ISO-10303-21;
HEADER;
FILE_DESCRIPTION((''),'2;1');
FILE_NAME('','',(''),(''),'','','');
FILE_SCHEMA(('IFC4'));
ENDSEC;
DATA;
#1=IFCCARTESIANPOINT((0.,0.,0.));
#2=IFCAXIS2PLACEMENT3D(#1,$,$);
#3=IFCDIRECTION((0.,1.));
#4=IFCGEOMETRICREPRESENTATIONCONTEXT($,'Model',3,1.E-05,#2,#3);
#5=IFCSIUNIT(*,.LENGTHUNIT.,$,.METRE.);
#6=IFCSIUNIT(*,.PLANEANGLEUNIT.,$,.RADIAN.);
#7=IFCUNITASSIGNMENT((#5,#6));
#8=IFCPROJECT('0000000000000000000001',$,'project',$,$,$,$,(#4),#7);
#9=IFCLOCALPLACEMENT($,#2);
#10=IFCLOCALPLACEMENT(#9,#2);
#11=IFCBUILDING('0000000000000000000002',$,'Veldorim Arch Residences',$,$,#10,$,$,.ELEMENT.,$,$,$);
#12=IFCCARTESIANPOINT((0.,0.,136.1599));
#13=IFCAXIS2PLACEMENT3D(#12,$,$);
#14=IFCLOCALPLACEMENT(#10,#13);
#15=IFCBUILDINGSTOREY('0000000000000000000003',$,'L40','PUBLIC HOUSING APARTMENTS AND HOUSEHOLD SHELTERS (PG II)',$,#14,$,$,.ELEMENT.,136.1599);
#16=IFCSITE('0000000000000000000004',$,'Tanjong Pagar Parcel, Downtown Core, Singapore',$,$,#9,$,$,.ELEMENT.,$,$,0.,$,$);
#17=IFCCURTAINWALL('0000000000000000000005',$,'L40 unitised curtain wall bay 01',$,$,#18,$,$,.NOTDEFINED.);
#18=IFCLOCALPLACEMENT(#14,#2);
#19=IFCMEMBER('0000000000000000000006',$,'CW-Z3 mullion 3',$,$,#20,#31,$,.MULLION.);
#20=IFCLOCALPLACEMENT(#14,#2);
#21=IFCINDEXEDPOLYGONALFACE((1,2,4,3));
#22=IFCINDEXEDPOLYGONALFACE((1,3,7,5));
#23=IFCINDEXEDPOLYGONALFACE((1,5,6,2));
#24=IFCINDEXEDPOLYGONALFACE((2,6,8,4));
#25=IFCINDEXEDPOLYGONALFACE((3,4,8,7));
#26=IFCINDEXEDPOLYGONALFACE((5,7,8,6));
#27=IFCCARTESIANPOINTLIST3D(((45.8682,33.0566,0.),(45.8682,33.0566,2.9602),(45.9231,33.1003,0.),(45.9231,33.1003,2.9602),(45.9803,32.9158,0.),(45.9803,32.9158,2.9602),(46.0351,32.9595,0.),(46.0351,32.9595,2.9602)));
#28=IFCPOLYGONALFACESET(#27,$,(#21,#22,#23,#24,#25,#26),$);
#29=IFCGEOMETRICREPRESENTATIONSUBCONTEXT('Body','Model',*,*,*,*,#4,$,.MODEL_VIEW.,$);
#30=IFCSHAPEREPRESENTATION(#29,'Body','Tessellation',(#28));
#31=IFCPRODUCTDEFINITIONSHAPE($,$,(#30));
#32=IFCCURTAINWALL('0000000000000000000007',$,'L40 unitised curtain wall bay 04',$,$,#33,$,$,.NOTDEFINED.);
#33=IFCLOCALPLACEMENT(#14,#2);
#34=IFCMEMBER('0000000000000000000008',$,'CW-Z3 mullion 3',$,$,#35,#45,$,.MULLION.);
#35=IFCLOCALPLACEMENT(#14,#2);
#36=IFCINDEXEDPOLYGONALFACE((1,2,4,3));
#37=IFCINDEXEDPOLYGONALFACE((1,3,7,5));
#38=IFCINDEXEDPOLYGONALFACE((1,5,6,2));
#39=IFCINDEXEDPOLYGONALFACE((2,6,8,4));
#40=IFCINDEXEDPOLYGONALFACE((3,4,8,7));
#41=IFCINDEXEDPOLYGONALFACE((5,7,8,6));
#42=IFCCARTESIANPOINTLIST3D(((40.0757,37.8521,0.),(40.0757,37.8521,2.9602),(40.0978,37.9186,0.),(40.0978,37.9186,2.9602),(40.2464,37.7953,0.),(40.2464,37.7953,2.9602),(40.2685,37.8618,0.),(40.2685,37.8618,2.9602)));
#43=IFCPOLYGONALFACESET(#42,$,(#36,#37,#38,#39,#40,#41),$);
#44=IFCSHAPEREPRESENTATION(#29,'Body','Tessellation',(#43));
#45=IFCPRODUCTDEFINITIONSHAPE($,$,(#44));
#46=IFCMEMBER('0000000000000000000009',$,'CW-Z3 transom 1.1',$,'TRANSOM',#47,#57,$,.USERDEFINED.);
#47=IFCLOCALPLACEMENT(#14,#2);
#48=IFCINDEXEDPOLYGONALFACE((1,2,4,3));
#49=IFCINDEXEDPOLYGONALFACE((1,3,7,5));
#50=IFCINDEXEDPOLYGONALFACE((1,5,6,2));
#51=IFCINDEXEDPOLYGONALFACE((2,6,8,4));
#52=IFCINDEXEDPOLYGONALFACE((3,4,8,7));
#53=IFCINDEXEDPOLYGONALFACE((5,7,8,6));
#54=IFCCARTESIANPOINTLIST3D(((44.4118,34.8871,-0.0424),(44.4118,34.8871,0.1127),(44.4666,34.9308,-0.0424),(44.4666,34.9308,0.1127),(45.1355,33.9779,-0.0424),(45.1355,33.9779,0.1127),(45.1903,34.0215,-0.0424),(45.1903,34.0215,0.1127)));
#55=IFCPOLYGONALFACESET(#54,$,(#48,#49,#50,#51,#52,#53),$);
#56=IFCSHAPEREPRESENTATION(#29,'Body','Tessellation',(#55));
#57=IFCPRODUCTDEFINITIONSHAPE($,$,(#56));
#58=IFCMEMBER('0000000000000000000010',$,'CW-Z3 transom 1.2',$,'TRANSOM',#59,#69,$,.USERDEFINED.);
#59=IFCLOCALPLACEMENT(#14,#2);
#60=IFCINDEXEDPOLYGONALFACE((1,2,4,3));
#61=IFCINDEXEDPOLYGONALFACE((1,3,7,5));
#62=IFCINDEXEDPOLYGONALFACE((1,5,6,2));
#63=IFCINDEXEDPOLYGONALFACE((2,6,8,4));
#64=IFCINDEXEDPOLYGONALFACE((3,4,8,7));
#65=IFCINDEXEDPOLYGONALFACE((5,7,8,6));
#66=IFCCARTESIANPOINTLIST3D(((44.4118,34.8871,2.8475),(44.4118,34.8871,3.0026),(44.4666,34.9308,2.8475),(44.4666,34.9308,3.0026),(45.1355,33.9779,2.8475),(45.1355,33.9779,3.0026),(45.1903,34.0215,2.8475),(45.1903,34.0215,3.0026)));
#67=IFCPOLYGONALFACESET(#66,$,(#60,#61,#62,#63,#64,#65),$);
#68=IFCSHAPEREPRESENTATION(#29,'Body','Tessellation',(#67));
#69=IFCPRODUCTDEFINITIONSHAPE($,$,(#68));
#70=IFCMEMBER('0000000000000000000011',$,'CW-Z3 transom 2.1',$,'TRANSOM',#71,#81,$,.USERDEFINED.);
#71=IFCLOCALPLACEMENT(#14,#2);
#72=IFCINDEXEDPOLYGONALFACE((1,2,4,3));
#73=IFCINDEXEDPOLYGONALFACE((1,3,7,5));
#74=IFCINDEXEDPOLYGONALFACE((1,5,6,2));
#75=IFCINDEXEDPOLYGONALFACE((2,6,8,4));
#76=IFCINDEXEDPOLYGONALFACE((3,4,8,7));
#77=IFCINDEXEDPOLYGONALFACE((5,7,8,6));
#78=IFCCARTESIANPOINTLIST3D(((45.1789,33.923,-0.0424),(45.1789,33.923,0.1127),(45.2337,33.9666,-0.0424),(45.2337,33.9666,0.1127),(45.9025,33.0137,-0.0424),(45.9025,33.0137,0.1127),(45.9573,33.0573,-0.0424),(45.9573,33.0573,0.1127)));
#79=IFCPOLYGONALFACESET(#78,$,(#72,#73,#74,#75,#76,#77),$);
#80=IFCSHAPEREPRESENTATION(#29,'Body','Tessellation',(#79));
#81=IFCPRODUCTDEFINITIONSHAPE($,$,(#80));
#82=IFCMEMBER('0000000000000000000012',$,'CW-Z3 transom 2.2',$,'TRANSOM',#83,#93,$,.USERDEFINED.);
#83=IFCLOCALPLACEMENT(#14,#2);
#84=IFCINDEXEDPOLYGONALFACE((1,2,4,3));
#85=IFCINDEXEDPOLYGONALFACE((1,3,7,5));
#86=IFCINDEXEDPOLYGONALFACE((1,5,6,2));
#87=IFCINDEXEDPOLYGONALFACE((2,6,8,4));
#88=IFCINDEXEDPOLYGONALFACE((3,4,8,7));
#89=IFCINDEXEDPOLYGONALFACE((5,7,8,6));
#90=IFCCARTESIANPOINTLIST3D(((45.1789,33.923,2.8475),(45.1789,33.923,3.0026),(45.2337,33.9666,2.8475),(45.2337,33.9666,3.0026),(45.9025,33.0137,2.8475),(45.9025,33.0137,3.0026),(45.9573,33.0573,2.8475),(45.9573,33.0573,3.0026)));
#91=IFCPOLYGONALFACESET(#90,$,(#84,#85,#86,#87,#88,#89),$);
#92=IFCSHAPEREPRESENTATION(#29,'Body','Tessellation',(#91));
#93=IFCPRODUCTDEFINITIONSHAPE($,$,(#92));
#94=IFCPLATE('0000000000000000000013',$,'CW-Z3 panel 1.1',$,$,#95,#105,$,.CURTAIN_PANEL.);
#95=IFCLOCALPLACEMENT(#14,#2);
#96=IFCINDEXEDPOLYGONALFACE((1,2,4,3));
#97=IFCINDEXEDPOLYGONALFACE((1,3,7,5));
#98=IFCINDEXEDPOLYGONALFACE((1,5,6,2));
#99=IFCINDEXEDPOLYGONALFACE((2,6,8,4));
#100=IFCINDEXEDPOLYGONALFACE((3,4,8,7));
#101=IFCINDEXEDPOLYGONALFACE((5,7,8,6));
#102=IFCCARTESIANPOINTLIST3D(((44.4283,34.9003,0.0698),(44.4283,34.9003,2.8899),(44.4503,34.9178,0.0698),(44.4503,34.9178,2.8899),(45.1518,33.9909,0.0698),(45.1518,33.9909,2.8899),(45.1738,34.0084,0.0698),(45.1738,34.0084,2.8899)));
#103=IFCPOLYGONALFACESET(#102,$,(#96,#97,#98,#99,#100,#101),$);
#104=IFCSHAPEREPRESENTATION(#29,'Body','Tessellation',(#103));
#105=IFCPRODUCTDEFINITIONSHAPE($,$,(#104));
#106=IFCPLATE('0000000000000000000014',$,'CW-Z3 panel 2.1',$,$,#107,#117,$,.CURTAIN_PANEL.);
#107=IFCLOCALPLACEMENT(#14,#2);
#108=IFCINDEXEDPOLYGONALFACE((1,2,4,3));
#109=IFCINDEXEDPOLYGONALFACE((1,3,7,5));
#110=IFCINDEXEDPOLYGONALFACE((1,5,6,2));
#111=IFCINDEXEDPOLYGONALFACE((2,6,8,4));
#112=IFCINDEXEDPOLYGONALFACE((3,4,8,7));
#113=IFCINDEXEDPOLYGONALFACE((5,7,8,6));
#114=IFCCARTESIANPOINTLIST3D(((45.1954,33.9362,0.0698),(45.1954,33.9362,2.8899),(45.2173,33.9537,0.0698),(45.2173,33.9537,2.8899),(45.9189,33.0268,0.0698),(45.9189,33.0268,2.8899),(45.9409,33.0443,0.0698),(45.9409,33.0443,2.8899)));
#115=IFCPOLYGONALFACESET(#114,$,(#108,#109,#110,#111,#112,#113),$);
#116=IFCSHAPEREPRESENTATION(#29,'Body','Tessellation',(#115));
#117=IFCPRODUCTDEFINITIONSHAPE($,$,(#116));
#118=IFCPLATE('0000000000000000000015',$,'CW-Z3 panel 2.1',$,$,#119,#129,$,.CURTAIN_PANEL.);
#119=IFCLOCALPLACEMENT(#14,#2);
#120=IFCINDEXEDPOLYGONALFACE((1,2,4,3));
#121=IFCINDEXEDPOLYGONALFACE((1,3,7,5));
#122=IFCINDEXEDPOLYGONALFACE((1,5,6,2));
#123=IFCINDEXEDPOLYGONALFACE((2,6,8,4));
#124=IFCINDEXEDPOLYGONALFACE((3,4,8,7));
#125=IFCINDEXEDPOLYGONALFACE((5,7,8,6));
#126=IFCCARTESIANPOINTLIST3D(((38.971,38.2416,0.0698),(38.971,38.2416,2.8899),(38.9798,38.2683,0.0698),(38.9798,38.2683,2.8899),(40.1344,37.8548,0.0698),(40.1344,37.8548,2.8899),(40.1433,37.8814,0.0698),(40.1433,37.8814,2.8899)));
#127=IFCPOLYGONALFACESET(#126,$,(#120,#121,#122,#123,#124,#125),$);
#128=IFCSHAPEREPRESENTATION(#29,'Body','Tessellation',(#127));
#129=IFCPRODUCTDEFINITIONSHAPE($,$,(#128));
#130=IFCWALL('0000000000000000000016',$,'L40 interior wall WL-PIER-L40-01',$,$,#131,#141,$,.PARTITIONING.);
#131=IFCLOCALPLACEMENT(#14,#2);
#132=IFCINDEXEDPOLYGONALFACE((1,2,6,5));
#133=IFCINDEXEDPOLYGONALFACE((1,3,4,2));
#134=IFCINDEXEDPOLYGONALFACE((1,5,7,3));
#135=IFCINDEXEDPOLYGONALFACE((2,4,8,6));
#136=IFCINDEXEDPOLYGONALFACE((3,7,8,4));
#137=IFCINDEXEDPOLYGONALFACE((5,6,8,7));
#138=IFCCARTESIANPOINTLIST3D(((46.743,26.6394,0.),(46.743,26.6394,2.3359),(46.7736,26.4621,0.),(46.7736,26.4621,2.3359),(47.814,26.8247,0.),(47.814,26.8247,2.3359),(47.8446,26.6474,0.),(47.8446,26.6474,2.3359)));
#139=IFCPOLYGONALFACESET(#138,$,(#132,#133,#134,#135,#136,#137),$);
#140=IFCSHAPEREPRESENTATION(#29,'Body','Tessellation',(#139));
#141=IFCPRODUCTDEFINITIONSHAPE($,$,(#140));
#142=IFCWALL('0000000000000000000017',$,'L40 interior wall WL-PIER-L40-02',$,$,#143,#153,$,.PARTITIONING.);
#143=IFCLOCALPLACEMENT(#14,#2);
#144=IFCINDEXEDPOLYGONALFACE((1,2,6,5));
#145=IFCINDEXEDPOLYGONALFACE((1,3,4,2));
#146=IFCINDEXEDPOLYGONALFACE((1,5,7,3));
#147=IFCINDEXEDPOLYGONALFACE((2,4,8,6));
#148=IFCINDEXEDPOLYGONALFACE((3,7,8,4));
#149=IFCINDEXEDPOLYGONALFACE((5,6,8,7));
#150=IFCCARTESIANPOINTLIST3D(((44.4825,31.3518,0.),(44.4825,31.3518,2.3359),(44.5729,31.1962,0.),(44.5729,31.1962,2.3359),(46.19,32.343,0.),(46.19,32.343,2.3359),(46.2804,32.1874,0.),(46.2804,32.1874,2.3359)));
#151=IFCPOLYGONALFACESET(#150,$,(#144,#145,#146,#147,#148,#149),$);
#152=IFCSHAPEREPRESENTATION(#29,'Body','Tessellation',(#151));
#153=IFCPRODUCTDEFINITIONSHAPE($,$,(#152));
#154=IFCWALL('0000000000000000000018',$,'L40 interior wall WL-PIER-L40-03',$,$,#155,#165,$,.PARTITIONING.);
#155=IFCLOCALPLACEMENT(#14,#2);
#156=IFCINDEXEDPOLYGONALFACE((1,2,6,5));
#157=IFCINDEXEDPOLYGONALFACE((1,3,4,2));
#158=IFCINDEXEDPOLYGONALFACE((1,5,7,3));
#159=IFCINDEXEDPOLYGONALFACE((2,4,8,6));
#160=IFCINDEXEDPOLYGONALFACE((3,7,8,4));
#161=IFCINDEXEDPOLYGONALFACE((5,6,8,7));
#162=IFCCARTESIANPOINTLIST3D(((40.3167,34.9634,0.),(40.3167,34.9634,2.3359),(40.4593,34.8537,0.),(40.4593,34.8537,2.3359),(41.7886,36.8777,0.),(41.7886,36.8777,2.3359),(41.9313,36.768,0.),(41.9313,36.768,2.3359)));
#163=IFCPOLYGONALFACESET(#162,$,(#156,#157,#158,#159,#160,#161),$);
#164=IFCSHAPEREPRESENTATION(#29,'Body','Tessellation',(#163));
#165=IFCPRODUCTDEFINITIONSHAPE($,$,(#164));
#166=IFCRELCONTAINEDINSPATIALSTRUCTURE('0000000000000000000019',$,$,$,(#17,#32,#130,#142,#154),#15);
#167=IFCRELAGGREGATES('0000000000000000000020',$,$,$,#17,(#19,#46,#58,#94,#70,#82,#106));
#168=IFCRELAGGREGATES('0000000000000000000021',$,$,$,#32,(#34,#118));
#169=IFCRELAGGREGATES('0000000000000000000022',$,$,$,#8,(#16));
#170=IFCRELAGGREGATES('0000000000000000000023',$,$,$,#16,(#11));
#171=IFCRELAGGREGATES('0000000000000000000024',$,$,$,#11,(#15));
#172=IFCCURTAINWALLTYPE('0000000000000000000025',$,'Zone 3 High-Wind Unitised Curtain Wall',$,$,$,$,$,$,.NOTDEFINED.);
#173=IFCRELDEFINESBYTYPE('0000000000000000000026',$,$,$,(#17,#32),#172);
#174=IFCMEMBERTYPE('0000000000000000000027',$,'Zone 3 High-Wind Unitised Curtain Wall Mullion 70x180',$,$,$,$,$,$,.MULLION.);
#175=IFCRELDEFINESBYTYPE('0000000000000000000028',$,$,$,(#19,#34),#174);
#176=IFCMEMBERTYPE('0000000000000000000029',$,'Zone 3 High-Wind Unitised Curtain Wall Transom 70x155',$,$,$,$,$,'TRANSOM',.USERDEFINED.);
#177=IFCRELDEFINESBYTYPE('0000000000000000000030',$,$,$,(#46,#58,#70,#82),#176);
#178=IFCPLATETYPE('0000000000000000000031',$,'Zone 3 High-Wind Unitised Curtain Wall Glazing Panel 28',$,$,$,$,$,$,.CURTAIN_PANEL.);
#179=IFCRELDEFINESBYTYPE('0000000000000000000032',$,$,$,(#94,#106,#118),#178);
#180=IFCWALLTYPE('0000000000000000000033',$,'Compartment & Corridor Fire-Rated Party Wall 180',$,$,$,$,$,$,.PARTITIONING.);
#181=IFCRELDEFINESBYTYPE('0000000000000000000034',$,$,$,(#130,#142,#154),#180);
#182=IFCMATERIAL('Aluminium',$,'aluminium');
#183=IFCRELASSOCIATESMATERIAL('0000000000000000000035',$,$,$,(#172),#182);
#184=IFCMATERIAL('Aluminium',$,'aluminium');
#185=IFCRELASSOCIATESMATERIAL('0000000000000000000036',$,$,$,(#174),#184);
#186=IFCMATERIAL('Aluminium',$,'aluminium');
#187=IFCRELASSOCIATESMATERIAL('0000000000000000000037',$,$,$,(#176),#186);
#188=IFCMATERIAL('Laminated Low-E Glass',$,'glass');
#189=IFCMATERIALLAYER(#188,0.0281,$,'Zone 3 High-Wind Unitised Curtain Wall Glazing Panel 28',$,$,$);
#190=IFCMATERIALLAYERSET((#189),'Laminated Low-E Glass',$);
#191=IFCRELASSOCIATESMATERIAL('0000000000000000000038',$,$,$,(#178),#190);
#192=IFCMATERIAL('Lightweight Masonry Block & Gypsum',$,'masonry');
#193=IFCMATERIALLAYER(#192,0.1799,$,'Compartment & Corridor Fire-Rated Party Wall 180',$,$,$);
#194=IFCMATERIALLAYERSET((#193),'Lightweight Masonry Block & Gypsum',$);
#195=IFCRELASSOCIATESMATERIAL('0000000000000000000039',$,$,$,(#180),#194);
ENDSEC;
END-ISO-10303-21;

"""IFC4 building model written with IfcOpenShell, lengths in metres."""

from ifc_helpers import new_model, si_unit, direction, frame, frame_2d, origin, origin_2d, place, context, subcontext, project, spatial, rectangle, extrude, material, layer, layer_set, material_profile, profile_set, type_object, element, aggregate, save


model = new_model("IFC4")

# Units and contexts
model_context = context("Model", 3, precision=1e-05, world=origin(), true_north=direction((0.0, 1.0)))
body_context = subcontext(model_context, "Body", "Model", "MODEL_VIEW")
ifc_project = project(units=[si_unit("LENGTHUNIT", "METRE"), si_unit("PLANEANGLEUNIT", "RADIAN")], contexts=[model_context])

# Site, building, storey
site_placement = place(None, origin())
site = spatial("IfcSite", under=ifc_project, at=site_placement, Name="Tanjong Pagar Parcel, Downtown Core, Singapore", CompositionType="ELEMENT", RefElevation=0.0)
building_placement = place(site_placement, origin())
building = spatial("IfcBuilding", under=site, at=building_placement, Name="Veldorim Arch Residences", CompositionType="ELEMENT")
storey_placement = place(building_placement, frame((0.0, 0.0, 136.1599)))
storey = spatial("IfcBuildingStorey", under=building, at=storey_placement, Name="L40", Description="PUBLIC HOUSING APARTMENTS AND HOUSEHOLD SHELTERS (PG II)", CompositionType="ELEMENT", Elevation=136.1599)

# Curtain wall, member
ifc_material_1 = material(Name="Aluminium", Category="aluminium")
curtain_wall_type = type_object("IfcCurtainWallType", Name="Zone 3 High-Wind Unitised Curtain Wall", PredefinedType="NOTDEFINED", material=ifc_material_1)
curtain_wall_1_placement = place(storey_placement, origin())
curtain_wall_1 = element("IfcCurtainWall", 1, at=curtain_wall_1_placement, inside=storey, type_object=curtain_wall_type, Name="L40 unitised curtain wall bay 01", PredefinedType="NOTDEFINED")
ifc_material_2 = material(Name="Aluminium", Category="aluminium")
ifc_material_profile_1 = material_profile(ifc_material_2, rectangle(XDim=0.0701, YDim=0.1799, at=origin_2d()), Name="ALU_MUL_70x180")
ifc_profile_set_1 = profile_set([ifc_material_profile_1], Name="Aluminium")
member_type_1 = type_object("IfcMemberType", Name="Zone 3 High-Wind Unitised Curtain Wall Mullion 70x180", PredefinedType="MULLION", material=ifc_profile_set_1)
member_1_placement = place(storey_placement, frame((45.9517, 33.0081, 0.0), z_axis=(0.0, 0.0, 1.0), x_axis=(0.782556, 0.62258, 0.0)))
member_1 = element("IfcMember", 2, at=member_1_placement, type_object=member_type_1, Name="CW-Z3 mullion 3", PredefinedType="MULLION", context=body_context, shape_type="SweptSolid", body=[
    extrude(rectangle(XDim=0.0701, YDim=0.1799, at=origin_2d()), origin(), (0.0, 0.0, 1.0), 2.9602),
])

# Curtain wall, member
curtain_wall_2_placement = place(storey_placement, origin())
curtain_wall_2 = element("IfcCurtainWall", 3, at=curtain_wall_2_placement, inside=storey, type_object=curtain_wall_type, Name="L40 unitised curtain wall bay 04", PredefinedType="NOTDEFINED")
member_2_placement = place(storey_placement, frame((40.1721, 37.8569, 0.0), z_axis=(0.0, 0.0, 1.0), x_axis=(0.315552, 0.948908, 0.0)))
member_2 = element("IfcMember", 4, at=member_2_placement, type_object=member_type_1, Name="CW-Z3 mullion 3", PredefinedType="MULLION", context=body_context, shape_type="SweptSolid", body=[
    extrude(rectangle(XDim=0.0701, YDim=0.1799, at=origin_2d()), origin(), (0.0, 0.0, 1.0), 2.9602),
])

# Members
ifc_material_3 = material(Name="Aluminium", Category="aluminium")
ifc_material_profile_2 = material_profile(ifc_material_3, rectangle(XDim=0.0701, YDim=0.155, at=origin_2d()), Name="ALU_TRN_70x155")
ifc_profile_set_2 = profile_set([ifc_material_profile_2], Name="Aluminium")
member_type_2 = type_object("IfcMemberType", Name="Zone 3 High-Wind Unitised Curtain Wall Transom 70x155", ElementType="TRANSOM", PredefinedType="USERDEFINED", material=ifc_profile_set_2)
member_3_placement = place(storey_placement, frame((44.4392, 34.9089, 0.0352), z_axis=(0.622746, -0.782424, 0.0), x_axis=(0.782424, 0.622746, 0.0)))
member_3 = element("IfcMember", 5, at=member_3_placement, type_object=member_type_2, Name="CW-Z3 transom 1.1", ObjectType="TRANSOM", PredefinedType="USERDEFINED", context=body_context, shape_type="SweptSolid", body=[
    extrude(rectangle(XDim=0.0701, YDim=0.155, at=origin_2d()), origin(), (0.0, 0.0, 1.0), 1.1621),
])
member_4_placement = place(storey_placement, frame((44.4392, 34.9089, 2.925), z_axis=(0.622746, -0.782424, 0.0), x_axis=(0.782424, 0.622746, 0.0)))
member_4 = element("IfcMember", 6, at=member_4_placement, type_object=member_type_2, Name="CW-Z3 transom 1.2", ObjectType="TRANSOM", PredefinedType="USERDEFINED", context=body_context, shape_type="SweptSolid", body=[
    extrude(rectangle(XDim=0.0701, YDim=0.155, at=origin_2d()), origin(), (0.0, 0.0, 1.0), 1.1621),
])
member_5_placement = place(storey_placement, frame((45.2063, 33.9448, 0.0352), z_axis=(0.622643, -0.782506, 0.0), x_axis=(0.782506, 0.622643, 0.0)))
member_5 = element("IfcMember", 7, at=member_5_placement, type_object=member_type_2, Name="CW-Z3 transom 2.1", ObjectType="TRANSOM", PredefinedType="USERDEFINED", context=body_context, shape_type="SweptSolid", body=[
    extrude(rectangle(XDim=0.0701, YDim=0.155, at=origin_2d()), origin(), (0.0, 0.0, 1.0), 1.1621),
])
member_6_placement = place(storey_placement, frame((45.2063, 33.9448, 2.925), z_axis=(0.622643, -0.782506, 0.0), x_axis=(0.782506, 0.622643, 0.0)))
member_6 = element("IfcMember", 8, at=member_6_placement, type_object=member_type_2, Name="CW-Z3 transom 2.2", ObjectType="TRANSOM", PredefinedType="USERDEFINED", context=body_context, shape_type="SweptSolid", body=[
    extrude(rectangle(XDim=0.0701, YDim=0.155, at=origin_2d()), origin(), (0.0, 0.0, 1.0), 1.1621),
])

# Plates
ifc_material_4 = material(Name="Laminated Low-E Glass", Category="glass")
ifc_layer_1 = layer(ifc_material_4, 0.0281, Name="Zone 3 High-Wind Unitised Curtain Wall Glazing Panel 28")
ifc_layer_set_1 = layer_set([ifc_layer_1], Name="Laminated Low-E Glass")
plate_type = type_object("IfcPlateType", Name="Zone 3 High-Wind Unitised Curtain Wall Glazing Panel 28", PredefinedType="CURTAIN_PANEL", material=ifc_layer_set_1)
plate_1_placement = place(storey_placement, frame((44.801, 34.4543, 0.0698), z_axis=(0.0, 0.0, 1.0), x_axis=(0.62258, -0.782556, 0.0)))
plate_1 = element("IfcPlate", 9, at=plate_1_placement, type_object=plate_type, Name="CW-Z3 panel 1.1", PredefinedType="CURTAIN_PANEL", context=body_context, shape_type="SweptSolid", body=[
    extrude(rectangle(XDim=1.1621, YDim=0.0281, at=origin_2d()), origin(), (0.0, 0.0, 1.0), 2.8201),
])
plate_2_placement = place(storey_placement, frame((45.5681, 33.4902, 0.0698), z_axis=(0.0, 0.0, 1.0), x_axis=(0.62258, -0.782556, 0.0)))
plate_2 = element("IfcPlate", 10, at=plate_2_placement, type_object=plate_type, Name="CW-Z3 panel 2.1", PredefinedType="CURTAIN_PANEL", context=body_context, shape_type="SweptSolid", body=[
    extrude(rectangle(XDim=1.1621, YDim=0.0281, at=origin_2d()), origin(), (0.0, 0.0, 1.0), 2.8201),
])
aggregate(curtain_wall_1, [member_1, member_3, member_4, plate_1, member_5, member_6, plate_2])
plate_3_placement = place(storey_placement, frame((39.5571, 38.0615, 0.0698), z_axis=(0.0, 0.0, 1.0), x_axis=(0.948908, -0.315552, 0.0)))
plate_3 = element("IfcPlate", 11, at=plate_3_placement, type_object=plate_type, Name="CW-Z3 panel 2.1", PredefinedType="CURTAIN_PANEL", context=body_context, shape_type="SweptSolid", body=[
    extrude(rectangle(XDim=1.2261, YDim=0.0281, at=origin_2d()), origin(), (0.0, 0.0, 1.0), 2.8201),
])
aggregate(curtain_wall_2, [member_2, plate_3])

# Walls
ifc_material_5 = material(Name="Lightweight Masonry Block & Gypsum", Category="masonry")
ifc_layer_2 = layer(ifc_material_5, 0.1799, Name="Compartment & Corridor Fire-Rated Party Wall 180")
ifc_layer_set_2 = layer_set([ifc_layer_2], Name="Lightweight Masonry Block & Gypsum")
wall_type_1 = type_object("IfcWallType", Name="Compartment & Corridor Fire-Rated Party Wall 180", PredefinedType="PARTITIONING", material=ifc_layer_set_2)
wall_1_placement = place(storey_placement, frame((46.7583, 26.5508, 0.0), z_axis=(0.0, 0.0, 1.0), x_axis=(0.985361, 0.170479, 0.0)))
element("IfcWall", 12, at=wall_1_placement, inside=storey, type_object=wall_type_1, Name="L40 interior wall WL-PIER-L40-01", PredefinedType="PARTITIONING", context=body_context, shape_type="SweptSolid", body=[
    extrude(rectangle(XDim=1.0869, YDim=0.1799, at=frame_2d((0.5435, 0.0))), origin(), (0.0, 0.0, 1.0), 2.3359),
])
wall_2_placement = place(storey_placement, frame((44.5276, 31.2739, 0.0), z_axis=(0.0, 0.0, 1.0), x_axis=(0.864844, 0.50204, 0.0)))
element("IfcWall", 13, at=wall_2_placement, inside=storey, type_object=wall_type_1, Name="L40 interior wall WL-PIER-L40-02", PredefinedType="PARTITIONING", context=body_context, shape_type="SweptSolid", body=[
    extrude(rectangle(XDim=1.9744, YDim=0.1799, at=frame_2d((0.9873, 0.0))), origin(), (0.0, 0.0, 1.0), 2.3359),
])
wall_3_placement = place(storey_placement, frame((40.3879, 34.9084, 0.0), z_axis=(0.0, 0.0, 1.0), x_axis=(0.60955, 0.792748, 0.0)))
element("IfcWall", 14, at=wall_3_placement, inside=storey, type_object=wall_type_1, Name="L40 interior wall WL-PIER-L40-03", PredefinedType="PARTITIONING", context=body_context, shape_type="SweptSolid", body=[
    extrude(rectangle(XDim=2.4148, YDim=0.1799, at=frame_2d((1.2075, 0.0))), origin(), (0.0, 0.0, 1.0), 2.3359),
])

save(model, "model.ifc")
